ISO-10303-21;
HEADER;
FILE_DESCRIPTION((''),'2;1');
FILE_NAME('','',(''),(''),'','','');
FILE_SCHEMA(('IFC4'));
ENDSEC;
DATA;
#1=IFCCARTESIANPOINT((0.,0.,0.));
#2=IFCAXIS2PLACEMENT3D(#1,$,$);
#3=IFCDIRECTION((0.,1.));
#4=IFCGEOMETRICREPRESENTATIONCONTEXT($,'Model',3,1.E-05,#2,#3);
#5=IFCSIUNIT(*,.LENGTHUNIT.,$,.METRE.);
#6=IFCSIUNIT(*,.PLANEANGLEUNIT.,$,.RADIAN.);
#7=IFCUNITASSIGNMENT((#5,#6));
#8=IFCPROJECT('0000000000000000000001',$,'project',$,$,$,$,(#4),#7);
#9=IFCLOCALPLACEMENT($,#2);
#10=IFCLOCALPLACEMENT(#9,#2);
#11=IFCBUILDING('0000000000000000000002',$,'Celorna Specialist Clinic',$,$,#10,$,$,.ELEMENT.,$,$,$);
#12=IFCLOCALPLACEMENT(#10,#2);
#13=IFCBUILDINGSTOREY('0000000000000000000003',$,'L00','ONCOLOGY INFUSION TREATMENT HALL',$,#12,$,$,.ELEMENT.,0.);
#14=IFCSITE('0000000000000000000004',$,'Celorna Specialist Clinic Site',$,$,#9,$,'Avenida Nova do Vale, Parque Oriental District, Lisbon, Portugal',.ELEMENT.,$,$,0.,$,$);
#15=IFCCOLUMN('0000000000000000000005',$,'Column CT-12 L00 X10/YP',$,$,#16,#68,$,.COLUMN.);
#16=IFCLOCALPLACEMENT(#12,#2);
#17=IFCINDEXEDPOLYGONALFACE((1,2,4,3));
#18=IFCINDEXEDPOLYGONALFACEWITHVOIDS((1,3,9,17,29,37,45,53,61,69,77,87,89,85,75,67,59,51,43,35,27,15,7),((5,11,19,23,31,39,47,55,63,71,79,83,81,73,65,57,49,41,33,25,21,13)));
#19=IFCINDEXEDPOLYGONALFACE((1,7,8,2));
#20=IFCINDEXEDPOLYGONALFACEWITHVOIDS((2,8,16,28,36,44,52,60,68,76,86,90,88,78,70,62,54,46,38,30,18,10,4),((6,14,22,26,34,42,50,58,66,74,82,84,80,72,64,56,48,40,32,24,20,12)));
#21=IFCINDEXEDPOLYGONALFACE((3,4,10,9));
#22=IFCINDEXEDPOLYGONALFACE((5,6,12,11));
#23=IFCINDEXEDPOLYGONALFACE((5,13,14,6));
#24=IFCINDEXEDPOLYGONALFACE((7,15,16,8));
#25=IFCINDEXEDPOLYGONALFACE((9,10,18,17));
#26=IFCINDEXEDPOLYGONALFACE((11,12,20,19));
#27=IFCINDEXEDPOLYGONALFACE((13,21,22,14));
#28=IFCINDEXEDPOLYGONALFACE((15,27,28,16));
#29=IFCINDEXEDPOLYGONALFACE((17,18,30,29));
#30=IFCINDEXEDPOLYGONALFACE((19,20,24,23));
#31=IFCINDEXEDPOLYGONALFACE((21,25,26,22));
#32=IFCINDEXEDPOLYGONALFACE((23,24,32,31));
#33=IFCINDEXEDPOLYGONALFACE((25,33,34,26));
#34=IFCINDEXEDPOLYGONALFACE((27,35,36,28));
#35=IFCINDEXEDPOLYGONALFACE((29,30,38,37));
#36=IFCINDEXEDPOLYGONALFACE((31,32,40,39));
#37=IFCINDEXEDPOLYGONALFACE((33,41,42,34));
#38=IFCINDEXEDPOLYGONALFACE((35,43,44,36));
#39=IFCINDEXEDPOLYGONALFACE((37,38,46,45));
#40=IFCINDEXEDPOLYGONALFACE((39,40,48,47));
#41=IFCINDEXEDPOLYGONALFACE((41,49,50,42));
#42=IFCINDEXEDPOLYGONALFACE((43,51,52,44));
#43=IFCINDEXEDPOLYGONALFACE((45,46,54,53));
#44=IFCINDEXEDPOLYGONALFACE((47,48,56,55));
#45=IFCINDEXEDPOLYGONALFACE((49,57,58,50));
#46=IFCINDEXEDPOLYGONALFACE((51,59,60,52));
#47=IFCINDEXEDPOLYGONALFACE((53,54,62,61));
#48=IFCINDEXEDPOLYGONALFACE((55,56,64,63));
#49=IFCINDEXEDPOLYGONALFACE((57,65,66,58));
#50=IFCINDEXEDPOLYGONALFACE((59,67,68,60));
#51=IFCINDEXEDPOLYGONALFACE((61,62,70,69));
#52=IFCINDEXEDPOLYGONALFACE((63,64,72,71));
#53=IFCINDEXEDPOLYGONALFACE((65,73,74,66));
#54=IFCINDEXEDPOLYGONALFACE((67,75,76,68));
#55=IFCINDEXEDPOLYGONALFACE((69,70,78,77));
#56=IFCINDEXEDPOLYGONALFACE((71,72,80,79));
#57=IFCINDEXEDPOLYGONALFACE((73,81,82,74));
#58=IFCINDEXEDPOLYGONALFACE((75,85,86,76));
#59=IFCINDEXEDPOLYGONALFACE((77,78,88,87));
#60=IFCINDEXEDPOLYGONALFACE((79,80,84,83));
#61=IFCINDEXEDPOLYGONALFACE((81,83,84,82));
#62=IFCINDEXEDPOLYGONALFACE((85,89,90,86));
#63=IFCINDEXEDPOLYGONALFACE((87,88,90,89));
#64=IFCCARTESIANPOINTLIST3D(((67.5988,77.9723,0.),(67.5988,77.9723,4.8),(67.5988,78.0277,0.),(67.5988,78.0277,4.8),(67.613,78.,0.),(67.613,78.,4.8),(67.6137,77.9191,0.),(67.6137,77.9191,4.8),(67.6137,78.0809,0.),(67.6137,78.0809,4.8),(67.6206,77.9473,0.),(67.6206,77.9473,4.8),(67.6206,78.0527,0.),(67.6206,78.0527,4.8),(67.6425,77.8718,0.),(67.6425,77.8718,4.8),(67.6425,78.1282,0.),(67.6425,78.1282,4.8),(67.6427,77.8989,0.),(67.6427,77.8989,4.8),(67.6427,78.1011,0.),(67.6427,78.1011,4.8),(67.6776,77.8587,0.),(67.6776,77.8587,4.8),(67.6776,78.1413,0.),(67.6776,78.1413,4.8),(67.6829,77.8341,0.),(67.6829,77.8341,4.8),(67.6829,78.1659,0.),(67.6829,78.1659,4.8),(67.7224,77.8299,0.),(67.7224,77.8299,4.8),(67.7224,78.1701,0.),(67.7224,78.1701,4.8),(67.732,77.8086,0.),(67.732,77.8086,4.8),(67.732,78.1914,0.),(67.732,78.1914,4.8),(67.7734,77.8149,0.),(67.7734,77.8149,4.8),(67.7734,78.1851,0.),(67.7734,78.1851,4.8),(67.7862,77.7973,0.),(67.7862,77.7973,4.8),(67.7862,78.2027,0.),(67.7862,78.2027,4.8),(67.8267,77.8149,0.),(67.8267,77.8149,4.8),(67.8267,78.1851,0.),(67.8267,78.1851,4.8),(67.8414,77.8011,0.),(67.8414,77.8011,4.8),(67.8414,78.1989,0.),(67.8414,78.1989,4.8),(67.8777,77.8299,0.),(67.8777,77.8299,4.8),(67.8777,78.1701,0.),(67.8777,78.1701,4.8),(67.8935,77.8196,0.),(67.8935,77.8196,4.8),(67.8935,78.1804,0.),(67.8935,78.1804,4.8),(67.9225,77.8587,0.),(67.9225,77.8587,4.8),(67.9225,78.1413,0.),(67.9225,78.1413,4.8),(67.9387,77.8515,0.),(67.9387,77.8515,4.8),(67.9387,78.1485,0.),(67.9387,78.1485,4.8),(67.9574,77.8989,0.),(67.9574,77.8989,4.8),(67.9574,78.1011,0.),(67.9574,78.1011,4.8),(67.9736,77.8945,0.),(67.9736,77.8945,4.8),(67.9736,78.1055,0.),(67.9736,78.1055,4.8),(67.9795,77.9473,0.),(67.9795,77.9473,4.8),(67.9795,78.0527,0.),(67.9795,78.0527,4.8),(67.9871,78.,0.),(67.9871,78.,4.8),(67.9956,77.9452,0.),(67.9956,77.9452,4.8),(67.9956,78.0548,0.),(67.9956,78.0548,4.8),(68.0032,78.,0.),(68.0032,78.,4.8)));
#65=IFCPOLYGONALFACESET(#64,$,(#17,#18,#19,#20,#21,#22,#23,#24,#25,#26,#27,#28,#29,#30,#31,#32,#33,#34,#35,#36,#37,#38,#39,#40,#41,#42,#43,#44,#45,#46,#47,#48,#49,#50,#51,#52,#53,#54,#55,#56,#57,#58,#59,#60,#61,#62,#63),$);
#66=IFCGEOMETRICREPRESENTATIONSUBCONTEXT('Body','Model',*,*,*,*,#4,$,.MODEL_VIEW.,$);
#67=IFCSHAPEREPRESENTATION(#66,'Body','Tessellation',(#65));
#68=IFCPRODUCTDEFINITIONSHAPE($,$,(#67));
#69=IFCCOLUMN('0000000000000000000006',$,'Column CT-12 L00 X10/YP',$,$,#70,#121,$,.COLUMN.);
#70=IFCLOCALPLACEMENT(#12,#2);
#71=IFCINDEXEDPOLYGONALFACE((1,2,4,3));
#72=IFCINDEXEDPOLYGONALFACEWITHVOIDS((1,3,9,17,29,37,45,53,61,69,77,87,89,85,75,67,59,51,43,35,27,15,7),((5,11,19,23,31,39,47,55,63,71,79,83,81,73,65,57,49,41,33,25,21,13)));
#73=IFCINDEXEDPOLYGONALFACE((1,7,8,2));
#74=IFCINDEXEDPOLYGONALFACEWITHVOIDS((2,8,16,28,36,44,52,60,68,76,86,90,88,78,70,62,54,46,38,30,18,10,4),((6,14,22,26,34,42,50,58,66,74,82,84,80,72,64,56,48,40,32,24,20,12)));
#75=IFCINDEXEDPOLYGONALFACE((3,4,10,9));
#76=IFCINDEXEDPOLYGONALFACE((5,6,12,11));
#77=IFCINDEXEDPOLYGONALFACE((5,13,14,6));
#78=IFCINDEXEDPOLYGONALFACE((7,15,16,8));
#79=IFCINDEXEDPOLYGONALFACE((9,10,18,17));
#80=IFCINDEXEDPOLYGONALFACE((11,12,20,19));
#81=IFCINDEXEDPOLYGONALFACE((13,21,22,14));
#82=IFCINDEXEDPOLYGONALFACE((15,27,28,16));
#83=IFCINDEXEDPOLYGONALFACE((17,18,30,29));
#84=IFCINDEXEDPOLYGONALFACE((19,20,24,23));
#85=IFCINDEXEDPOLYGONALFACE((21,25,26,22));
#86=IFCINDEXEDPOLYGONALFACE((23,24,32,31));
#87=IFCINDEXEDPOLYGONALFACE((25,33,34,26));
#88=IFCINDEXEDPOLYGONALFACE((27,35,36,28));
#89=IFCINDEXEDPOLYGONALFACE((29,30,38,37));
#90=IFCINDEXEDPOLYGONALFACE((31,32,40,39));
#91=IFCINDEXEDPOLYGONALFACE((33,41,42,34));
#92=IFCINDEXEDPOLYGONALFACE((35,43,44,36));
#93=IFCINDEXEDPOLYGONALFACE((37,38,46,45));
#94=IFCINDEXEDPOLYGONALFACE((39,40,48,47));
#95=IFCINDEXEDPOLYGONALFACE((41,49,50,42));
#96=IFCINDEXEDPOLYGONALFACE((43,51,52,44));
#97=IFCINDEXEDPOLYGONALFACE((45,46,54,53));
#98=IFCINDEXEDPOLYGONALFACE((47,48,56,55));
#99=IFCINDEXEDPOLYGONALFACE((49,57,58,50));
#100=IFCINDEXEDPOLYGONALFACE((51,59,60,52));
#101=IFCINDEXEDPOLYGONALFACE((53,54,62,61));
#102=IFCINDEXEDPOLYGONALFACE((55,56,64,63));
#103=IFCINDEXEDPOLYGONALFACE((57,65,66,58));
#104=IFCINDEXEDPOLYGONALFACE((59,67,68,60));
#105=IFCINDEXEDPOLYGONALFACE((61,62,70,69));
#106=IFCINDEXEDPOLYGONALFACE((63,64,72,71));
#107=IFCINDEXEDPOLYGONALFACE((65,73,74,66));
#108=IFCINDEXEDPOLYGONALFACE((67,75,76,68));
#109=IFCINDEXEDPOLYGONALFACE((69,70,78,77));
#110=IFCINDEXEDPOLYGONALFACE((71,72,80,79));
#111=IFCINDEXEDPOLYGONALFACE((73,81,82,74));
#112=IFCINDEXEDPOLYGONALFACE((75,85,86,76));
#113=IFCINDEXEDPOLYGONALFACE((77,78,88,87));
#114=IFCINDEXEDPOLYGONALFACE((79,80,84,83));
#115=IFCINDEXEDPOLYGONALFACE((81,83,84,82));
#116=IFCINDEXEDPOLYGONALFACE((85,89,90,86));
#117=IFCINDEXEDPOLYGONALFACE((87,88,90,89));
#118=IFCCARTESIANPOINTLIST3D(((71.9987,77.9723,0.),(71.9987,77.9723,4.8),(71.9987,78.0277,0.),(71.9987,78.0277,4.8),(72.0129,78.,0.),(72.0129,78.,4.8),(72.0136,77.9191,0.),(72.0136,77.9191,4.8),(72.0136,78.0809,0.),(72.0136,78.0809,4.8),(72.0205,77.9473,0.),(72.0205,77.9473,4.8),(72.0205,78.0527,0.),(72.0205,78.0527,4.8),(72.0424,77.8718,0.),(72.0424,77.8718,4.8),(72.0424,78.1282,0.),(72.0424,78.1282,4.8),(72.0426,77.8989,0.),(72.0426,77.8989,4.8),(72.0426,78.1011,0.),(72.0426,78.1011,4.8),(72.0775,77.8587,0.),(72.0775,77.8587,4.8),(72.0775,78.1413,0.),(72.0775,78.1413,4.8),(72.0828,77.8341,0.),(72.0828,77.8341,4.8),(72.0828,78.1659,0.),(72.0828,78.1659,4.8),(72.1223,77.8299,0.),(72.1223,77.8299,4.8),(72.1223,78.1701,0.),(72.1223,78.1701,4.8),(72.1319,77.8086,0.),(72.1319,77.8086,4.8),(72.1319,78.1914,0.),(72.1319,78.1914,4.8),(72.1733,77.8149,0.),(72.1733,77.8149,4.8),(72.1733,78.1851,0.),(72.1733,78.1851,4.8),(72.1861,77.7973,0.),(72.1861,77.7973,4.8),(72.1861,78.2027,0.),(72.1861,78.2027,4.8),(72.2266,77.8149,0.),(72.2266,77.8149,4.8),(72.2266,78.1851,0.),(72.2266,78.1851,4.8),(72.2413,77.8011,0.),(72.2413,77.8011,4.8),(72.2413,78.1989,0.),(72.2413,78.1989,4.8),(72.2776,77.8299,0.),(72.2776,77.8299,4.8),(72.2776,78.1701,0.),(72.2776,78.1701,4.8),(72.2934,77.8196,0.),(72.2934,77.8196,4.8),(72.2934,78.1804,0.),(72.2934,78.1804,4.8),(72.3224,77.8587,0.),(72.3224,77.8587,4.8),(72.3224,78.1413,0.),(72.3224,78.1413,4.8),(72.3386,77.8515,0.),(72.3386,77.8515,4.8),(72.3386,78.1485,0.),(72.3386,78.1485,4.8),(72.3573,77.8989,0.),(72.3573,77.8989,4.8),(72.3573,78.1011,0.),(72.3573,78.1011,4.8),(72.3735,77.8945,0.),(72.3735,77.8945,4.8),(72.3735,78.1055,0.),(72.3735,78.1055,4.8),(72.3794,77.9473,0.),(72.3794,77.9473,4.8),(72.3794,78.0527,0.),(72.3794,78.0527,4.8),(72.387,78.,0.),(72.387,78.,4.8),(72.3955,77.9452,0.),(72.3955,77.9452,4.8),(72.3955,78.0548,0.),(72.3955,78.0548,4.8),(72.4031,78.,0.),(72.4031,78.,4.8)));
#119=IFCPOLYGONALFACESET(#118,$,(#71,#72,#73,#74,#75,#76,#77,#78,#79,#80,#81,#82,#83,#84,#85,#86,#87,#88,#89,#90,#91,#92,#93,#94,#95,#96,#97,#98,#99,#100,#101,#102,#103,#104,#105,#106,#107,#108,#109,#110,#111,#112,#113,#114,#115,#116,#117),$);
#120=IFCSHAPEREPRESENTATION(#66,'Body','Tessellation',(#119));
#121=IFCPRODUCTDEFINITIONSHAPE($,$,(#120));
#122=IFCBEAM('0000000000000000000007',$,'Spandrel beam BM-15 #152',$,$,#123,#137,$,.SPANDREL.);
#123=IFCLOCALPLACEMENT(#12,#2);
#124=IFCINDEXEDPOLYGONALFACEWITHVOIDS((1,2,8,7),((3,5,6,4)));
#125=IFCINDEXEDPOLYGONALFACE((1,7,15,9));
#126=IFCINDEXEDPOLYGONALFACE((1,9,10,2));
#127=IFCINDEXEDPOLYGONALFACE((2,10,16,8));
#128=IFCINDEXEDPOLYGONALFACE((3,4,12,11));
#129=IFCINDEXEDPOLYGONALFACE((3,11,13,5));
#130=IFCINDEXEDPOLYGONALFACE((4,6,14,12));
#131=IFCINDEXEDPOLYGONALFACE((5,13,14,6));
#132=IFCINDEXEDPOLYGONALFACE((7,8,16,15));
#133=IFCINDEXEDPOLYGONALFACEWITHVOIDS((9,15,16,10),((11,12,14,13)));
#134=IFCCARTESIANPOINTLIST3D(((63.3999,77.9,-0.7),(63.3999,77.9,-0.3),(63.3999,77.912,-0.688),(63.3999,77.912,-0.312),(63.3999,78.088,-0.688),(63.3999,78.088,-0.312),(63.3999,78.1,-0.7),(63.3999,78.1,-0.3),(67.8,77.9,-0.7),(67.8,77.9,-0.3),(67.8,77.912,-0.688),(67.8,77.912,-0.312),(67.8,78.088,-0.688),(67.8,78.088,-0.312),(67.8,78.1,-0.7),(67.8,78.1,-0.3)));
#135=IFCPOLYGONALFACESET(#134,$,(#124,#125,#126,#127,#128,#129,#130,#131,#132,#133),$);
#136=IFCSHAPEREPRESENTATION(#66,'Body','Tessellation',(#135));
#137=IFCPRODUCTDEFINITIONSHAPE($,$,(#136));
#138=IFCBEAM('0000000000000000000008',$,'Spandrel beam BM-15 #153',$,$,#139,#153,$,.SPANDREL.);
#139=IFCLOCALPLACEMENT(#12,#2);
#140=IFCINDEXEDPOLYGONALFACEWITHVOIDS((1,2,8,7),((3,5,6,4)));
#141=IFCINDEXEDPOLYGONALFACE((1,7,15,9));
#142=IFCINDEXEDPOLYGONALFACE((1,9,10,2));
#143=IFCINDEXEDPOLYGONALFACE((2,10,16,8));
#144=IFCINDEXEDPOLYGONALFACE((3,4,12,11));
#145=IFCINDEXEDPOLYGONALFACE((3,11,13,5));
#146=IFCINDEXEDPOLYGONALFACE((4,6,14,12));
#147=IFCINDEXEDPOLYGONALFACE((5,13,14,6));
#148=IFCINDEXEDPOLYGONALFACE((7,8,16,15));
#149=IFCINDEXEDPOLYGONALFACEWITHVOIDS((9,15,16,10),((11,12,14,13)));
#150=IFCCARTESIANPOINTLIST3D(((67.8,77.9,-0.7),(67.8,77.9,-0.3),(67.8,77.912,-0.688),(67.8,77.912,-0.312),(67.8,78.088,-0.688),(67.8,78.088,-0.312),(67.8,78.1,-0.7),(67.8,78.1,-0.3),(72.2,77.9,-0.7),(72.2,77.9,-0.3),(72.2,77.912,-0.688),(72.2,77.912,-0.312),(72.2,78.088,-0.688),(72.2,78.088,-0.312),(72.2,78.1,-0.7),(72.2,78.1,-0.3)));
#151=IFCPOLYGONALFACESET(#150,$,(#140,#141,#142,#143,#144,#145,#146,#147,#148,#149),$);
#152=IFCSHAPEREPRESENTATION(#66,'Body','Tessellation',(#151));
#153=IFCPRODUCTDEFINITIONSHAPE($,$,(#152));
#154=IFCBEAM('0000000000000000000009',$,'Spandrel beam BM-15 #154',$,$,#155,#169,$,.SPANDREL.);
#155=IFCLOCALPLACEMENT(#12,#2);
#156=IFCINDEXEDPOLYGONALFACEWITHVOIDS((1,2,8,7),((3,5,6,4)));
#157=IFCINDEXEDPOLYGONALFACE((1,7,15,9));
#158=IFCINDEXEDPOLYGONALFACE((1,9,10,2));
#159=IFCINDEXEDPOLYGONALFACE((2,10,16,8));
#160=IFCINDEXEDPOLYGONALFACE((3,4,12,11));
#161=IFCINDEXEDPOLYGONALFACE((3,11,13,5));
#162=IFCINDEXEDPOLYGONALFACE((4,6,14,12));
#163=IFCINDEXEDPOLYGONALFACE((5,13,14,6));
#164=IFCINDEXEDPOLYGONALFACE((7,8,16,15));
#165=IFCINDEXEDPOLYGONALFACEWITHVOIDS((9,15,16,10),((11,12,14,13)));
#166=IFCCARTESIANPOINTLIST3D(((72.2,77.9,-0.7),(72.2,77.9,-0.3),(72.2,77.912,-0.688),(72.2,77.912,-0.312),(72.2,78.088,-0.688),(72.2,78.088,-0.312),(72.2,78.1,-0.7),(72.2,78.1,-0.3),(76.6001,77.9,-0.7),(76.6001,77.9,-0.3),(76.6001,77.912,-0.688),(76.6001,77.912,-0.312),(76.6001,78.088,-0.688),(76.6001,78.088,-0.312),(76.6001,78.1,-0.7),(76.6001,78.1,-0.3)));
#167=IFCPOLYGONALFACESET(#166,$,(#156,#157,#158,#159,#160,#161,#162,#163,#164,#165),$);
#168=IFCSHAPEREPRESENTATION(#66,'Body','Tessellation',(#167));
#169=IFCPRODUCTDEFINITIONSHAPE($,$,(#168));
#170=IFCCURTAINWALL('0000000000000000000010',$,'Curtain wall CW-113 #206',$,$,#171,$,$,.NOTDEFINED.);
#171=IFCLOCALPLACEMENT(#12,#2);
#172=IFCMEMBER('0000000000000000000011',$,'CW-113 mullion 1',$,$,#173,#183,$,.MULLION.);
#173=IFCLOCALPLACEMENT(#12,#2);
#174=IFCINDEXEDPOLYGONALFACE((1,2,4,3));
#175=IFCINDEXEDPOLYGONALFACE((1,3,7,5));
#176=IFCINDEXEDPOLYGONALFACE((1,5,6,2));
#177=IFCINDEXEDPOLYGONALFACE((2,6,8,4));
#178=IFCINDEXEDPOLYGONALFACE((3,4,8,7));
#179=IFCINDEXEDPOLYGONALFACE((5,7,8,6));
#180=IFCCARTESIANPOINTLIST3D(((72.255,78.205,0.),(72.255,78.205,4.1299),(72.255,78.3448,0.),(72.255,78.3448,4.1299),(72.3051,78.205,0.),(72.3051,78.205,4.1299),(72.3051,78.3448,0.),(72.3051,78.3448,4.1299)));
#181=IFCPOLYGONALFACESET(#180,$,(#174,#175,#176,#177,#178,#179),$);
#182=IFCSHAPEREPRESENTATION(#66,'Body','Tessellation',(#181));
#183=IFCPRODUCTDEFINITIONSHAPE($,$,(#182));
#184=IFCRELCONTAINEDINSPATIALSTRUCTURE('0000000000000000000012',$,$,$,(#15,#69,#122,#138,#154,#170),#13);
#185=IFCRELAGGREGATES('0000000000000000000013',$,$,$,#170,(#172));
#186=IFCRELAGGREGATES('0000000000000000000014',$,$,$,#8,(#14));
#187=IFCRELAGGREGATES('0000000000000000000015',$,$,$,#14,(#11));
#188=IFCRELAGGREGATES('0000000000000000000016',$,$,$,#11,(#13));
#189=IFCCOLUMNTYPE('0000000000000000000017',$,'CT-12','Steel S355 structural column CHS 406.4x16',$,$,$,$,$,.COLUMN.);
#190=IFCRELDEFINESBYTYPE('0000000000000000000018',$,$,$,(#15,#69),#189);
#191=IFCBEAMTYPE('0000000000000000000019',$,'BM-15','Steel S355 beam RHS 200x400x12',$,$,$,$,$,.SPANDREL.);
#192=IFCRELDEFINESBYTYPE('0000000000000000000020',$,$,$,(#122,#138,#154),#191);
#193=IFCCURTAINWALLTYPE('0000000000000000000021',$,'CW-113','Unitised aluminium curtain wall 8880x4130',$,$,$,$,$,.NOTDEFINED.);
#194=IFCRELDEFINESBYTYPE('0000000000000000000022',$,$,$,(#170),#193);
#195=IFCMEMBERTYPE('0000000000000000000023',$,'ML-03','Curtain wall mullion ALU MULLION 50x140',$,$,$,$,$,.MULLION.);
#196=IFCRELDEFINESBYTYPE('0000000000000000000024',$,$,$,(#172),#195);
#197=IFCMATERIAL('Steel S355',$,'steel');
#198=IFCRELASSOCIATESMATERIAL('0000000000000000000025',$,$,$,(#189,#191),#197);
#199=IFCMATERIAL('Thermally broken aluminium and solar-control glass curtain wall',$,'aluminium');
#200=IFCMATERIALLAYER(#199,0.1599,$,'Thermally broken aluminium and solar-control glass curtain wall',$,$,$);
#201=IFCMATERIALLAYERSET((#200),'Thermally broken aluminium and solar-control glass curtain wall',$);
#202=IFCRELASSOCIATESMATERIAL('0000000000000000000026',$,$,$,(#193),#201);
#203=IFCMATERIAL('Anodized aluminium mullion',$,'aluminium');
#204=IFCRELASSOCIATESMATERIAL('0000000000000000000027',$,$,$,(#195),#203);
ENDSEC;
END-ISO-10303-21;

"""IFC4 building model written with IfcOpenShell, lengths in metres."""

from ifc_helpers import new_model, si_unit, direction, frame, origin, origin_2d, place, context, subcontext, project, spatial, rectangle, hollow_rectangle, hollow_circle, extrude, material, layer, layer_set, material_profile, profile_set, type_object, element, aggregate, save


model = new_model("IFC4")

# Units and contexts
model_context = context("Model", 3, precision=1e-05, world=origin(), true_north=direction((0.0, 1.0)))
body_context = subcontext(model_context, "Body", "Model", "MODEL_VIEW")
ifc_project = project(units=[si_unit("LENGTHUNIT", "METRE"), si_unit("PLANEANGLEUNIT", "RADIAN")], contexts=[model_context])

# Site, building, storey
site_placement = place(None, origin())
site = spatial("IfcSite", under=ifc_project, at=site_placement, Name="Celorna Specialist Clinic Site", LongName="Avenida Nova do Vale, Parque Oriental District, Lisbon, Portugal", CompositionType="ELEMENT", RefElevation=0.0)
building_placement = place(site_placement, origin())
building = spatial("IfcBuilding", under=site, at=building_placement, Name="Celorna Specialist Clinic", CompositionType="ELEMENT")
storey_placement = place(building_placement, origin())
storey = spatial("IfcBuildingStorey", under=building, at=storey_placement, Name="L00", Description="ONCOLOGY INFUSION TREATMENT HALL", CompositionType="ELEMENT", Elevation=0.0)

# Columns
ifc_material_1 = material(Name="Steel S355", Category="steel")
ifc_material_profile_1 = material_profile(ifc_material_1, hollow_circle(Radius=0.2031, WallThickness=0.0161, at=origin_2d()), Name="CHS 406.4x16")
ifc_profile_set_1 = profile_set([ifc_material_profile_1], Name="Steel S355")
column_type = type_object("IfcColumnType", Name="CT-12", Description="Steel S355 structural column CHS 406.4x16", PredefinedType="COLUMN", material=ifc_profile_set_1)
for number, where, z_axis, x_axis, name in (
    (1, (67.8, 78.0, 0.0), (0.0, 0.0, 1.0), (1.0, 0.0, 0.0), "Column CT-12 L00 X10/YP"),
    (2, (72.2, 78.0, 0.0), (0.0, 0.0, 1.0), (1.0, 0.0, 0.0), "Column CT-12 L00 X10/YP"),
):
    element("IfcColumn", number, at=place(storey_placement, frame(where, z_axis=z_axis, x_axis=x_axis)), inside=storey, type_object=column_type, Name=name, PredefinedType="COLUMN", context=body_context, shape_type="SweptSolid", body=[
        extrude(hollow_circle(Radius=0.2031, WallThickness=0.0161, at=origin_2d()), origin(), (0.0, 0.0, 1.0), 4.8),
    ])

# Beams
ifc_material_profile_2 = material_profile(ifc_material_1, hollow_rectangle(XDim=0.2, YDim=0.3999, WallThickness=0.012, at=origin_2d()), Name="RHS 200x400x12")
ifc_profile_set_2 = profile_set([ifc_material_profile_2], Name="Steel S355")
beam_type = type_object("IfcBeamType", Name="BM-15", Description="Steel S355 beam RHS 200x400x12", PredefinedType="SPANDREL", material=ifc_profile_set_2)
beam_1_placement = place(storey_placement, frame((63.3999, 78.0, -0.5), z_axis=(1.0, 0.0, 0.0), x_axis=(0.0, 1.0, 0.0)))
element("IfcBeam", 3, at=beam_1_placement, inside=storey, type_object=beam_type, Name="Spandrel beam BM-15 #152", PredefinedType="SPANDREL", context=body_context, shape_type="SweptSolid", body=[
    extrude(hollow_rectangle(XDim=0.2, YDim=0.3999, WallThickness=0.012, at=origin_2d()), origin(), (0.0, 0.0, 1.0), 4.4001),
])
beam_2_placement = place(storey_placement, frame((67.8, 78.0, -0.5), z_axis=(1.0, 0.0, 0.0), x_axis=(0.0, 1.0, 0.0)))
element("IfcBeam", 4, at=beam_2_placement, inside=storey, type_object=beam_type, Name="Spandrel beam BM-15 #153", PredefinedType="SPANDREL", context=body_context, shape_type="SweptSolid", body=[
    extrude(hollow_rectangle(XDim=0.2, YDim=0.3999, WallThickness=0.012, at=origin_2d()), origin(), (0.0, 0.0, 1.0), 4.3999),
])
beam_3_placement = place(storey_placement, frame((72.2, 78.0, -0.5), z_axis=(1.0, 0.0, 0.0), x_axis=(0.0, 1.0, 0.0)))
element("IfcBeam", 5, at=beam_3_placement, inside=storey, type_object=beam_type, Name="Spandrel beam BM-15 #154", PredefinedType="SPANDREL", context=body_context, shape_type="SweptSolid", body=[
    extrude(hollow_rectangle(XDim=0.2, YDim=0.3999, WallThickness=0.012, at=origin_2d()), origin(), (0.0, 0.0, 1.0), 4.4001),
])

# Curtain wall, member
ifc_material_2 = material(Name="Thermally broken aluminium and solar-control glass curtain wall", Category="aluminium")
ifc_layer_1 = layer(ifc_material_2, 0.1599, Name="Thermally broken aluminium and solar-control glass curtain wall")
ifc_layer_set_1 = layer_set([ifc_layer_1], Name="Thermally broken aluminium and solar-control glass curtain wall")
curtain_wall_type = type_object("IfcCurtainWallType", Name="CW-113", Description="Unitised aluminium curtain wall 8880x4130", PredefinedType="NOTDEFINED", material=ifc_layer_set_1)
curtain_wall_placement = place(storey_placement, origin())
curtain_wall = element("IfcCurtainWall", 6, at=curtain_wall_placement, inside=storey, type_object=curtain_wall_type, Name="Curtain wall CW-113 #206", PredefinedType="NOTDEFINED")
ifc_material_3 = material(Name="Anodized aluminium mullion", Category="aluminium")
ifc_material_profile_3 = material_profile(ifc_material_3, rectangle(XDim=0.05, YDim=0.1399, at=origin_2d()), Name="ALU MULLION 50x140")
ifc_profile_set_3 = profile_set([ifc_material_profile_3], Name="Anodized aluminium mullion")
member_type = type_object("IfcMemberType", Name="ML-03", Description="Curtain wall mullion ALU MULLION 50x140", PredefinedType="MULLION", material=ifc_profile_set_3)
member_placement = place(storey_placement, frame((72.28, 78.2749, 0.0), z_axis=(0.0, 0.0, 1.0), x_axis=(-1.0, 0.0, 0.0)))
member = element("IfcMember", 7, at=member_placement, type_object=member_type, Name="CW-113 mullion 1", PredefinedType="MULLION", context=body_context, shape_type="SweptSolid", body=[
    extrude(rectangle(XDim=0.05, YDim=0.1399, at=origin_2d()), origin(), (0.0, 0.0, 1.0), 4.1299),
])
aggregate(curtain_wall, [member])

save(model, "model.ifc")
